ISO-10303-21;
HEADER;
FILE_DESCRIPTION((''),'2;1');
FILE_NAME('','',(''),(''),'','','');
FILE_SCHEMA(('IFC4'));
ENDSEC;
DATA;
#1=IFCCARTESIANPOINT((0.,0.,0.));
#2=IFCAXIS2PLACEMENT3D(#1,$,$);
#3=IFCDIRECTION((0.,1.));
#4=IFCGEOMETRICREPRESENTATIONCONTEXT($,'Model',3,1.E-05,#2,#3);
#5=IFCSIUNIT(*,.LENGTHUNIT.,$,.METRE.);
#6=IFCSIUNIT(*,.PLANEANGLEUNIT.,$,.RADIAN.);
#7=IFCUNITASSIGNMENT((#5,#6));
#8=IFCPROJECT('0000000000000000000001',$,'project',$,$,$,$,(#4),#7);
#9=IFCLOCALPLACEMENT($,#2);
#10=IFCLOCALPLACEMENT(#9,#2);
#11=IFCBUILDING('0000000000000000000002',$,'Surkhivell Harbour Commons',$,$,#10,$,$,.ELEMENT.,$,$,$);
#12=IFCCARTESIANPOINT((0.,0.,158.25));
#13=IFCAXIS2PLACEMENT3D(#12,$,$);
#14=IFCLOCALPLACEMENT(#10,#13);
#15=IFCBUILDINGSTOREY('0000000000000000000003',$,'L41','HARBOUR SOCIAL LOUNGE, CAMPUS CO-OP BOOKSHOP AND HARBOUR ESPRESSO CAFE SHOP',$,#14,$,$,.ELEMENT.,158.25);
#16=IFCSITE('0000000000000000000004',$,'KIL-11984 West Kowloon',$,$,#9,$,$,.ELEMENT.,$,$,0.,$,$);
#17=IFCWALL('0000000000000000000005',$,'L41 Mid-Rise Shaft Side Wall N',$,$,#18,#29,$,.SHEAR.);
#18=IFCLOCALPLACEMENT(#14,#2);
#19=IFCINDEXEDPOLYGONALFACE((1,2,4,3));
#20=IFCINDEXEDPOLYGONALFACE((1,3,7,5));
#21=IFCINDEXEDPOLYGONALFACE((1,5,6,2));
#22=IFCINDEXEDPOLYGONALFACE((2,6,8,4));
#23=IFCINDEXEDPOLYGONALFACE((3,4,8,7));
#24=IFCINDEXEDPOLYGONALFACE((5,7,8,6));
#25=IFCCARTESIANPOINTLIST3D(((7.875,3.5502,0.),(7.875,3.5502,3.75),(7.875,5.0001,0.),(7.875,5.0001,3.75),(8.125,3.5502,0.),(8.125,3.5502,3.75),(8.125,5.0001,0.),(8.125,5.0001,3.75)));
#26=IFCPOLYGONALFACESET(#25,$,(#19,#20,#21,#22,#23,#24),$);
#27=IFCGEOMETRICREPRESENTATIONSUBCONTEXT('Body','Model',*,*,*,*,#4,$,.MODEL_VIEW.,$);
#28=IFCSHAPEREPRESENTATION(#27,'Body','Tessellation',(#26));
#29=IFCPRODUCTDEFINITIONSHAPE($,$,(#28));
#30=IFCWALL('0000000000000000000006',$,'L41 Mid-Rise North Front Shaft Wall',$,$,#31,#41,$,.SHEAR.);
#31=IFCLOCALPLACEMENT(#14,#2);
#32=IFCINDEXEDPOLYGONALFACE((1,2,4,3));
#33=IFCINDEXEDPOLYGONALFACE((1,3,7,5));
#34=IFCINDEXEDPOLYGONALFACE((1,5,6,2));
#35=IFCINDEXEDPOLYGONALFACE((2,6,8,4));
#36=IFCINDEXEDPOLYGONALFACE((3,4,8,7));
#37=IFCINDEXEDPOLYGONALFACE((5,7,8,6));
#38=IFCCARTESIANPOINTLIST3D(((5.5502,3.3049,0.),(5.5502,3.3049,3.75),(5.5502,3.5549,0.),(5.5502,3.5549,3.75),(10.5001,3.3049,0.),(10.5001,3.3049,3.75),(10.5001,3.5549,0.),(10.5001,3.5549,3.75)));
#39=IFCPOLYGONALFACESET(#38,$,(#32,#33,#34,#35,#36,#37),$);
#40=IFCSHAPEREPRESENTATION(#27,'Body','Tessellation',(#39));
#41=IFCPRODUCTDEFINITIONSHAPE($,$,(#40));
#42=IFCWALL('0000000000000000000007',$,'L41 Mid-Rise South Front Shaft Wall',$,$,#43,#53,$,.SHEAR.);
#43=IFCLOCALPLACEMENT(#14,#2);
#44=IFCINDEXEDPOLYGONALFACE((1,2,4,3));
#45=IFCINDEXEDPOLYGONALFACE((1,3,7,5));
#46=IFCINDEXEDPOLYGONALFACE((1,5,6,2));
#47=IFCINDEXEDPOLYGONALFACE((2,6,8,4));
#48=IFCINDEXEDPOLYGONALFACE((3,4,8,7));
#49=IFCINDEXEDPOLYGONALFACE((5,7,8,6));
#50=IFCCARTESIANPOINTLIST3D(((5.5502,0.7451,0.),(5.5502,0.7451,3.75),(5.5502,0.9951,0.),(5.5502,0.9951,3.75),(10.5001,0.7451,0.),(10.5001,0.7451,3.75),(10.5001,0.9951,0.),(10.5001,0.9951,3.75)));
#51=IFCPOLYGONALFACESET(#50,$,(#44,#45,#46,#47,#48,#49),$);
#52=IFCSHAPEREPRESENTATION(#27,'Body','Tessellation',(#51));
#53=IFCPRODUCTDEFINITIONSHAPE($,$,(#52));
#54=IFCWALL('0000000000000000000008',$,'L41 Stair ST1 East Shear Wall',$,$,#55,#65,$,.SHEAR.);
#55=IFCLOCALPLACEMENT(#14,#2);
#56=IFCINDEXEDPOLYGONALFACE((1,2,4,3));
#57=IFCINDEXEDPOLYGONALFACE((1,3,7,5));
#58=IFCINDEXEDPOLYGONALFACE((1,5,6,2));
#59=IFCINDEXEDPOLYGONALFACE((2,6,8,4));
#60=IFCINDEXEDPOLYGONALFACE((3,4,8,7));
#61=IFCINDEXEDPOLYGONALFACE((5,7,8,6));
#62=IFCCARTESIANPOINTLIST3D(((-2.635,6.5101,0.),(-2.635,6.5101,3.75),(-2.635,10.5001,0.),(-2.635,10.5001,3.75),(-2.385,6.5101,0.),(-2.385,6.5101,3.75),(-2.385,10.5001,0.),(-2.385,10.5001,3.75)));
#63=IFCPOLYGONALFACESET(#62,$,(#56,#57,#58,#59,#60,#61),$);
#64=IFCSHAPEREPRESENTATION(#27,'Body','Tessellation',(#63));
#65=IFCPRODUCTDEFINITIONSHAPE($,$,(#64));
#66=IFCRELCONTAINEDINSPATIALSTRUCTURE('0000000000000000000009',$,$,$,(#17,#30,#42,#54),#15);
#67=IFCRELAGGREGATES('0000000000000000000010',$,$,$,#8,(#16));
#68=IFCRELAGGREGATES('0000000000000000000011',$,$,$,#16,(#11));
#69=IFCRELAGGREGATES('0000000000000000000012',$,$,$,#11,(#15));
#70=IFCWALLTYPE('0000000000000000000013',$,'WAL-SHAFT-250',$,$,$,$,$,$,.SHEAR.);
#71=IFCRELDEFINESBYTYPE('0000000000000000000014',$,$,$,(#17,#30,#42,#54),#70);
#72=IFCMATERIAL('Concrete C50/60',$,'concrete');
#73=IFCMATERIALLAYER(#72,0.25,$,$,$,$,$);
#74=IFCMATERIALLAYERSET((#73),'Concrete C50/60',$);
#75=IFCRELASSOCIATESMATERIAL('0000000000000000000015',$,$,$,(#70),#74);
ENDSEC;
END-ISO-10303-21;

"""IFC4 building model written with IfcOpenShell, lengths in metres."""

from ifc_helpers import new_model, si_unit, direction, frame, frame_2d, origin, place, context, subcontext, project, spatial, rectangle, extrude, material, layer, layer_set, type_object, element, save


model = new_model("IFC4")

# Units and contexts
model_context = context("Model", 3, precision=1e-05, world=origin(), true_north=direction((0.0, 1.0)))
body_context = subcontext(model_context, "Body", "Model", "MODEL_VIEW")
ifc_project = project(units=[si_unit("LENGTHUNIT", "METRE"), si_unit("PLANEANGLEUNIT", "RADIAN")], contexts=[model_context])

# Site, building, storey
site_placement = place(None, origin())
site = spatial("IfcSite", under=ifc_project, at=site_placement, Name="KIL-11984 West Kowloon", CompositionType="ELEMENT", RefElevation=0.0)
building_placement = place(site_placement, origin())
building = spatial("IfcBuilding", under=site, at=building_placement, Name="Surkhivell Harbour Commons", CompositionType="ELEMENT")
storey_placement = place(building_placement, frame((0.0, 0.0, 158.25)))
storey = spatial("IfcBuildingStorey", under=building, at=storey_placement, Name="L41", Description="HARBOUR SOCIAL LOUNGE, CAMPUS CO-OP BOOKSHOP AND HARBOUR ESPRESSO CAFE SHOP", CompositionType="ELEMENT", Elevation=158.25)

# Shared definitions
ifc_material_1 = material(Name="Concrete C50/60", Category="concrete")
ifc_layer_1 = layer(ifc_material_1, 0.25)
ifc_layer_set_1 = layer_set([ifc_layer_1], Name="Concrete C50/60")
wall_type_1 = type_object("IfcWallType", Name="WAL-SHAFT-250", PredefinedType="SHEAR", material=ifc_layer_set_1)

# Walls
for number, where, z_axis, x_axis, name in (
    (1, (8.0, 3.55, 0.0), (0.0, 0.0, 1.0), (0.0, 1.0, 0.0), "L41 Mid-Rise Shaft Side Wall N"),
):
    element("IfcWall", number, at=place(storey_placement, frame(where, z_axis=z_axis, x_axis=x_axis)), inside=storey, type_object=wall_type_1, Name=name, PredefinedType="SHEAR", context=body_context, shape_type="SweptSolid", body=[
        extrude(rectangle(XDim=1.45, YDim=0.25, at=frame_2d((0.7251, 0.0))), origin(), (0.0, 0.0, 1.0), 3.75),
    ])
for number, where, z_axis, x_axis, name in (
    (2, (5.55, 3.4299, 0.0), (0.0, 0.0, 1.0), (1.0, 0.0, 0.0), "L41 Mid-Rise North Front Shaft Wall"),
    (3, (5.55, 0.8701, 0.0), (0.0, 0.0, 1.0), (1.0, 0.0, 0.0), "L41 Mid-Rise South Front Shaft Wall"),
):
    element("IfcWall", number, at=place(storey_placement, frame(where, z_axis=z_axis, x_axis=x_axis)), inside=storey, type_object=wall_type_1, Name=name, PredefinedType="SHEAR", context=body_context, shape_type="SweptSolid", body=[
        extrude(rectangle(XDim=4.95, YDim=0.25, at=frame_2d((2.4751, 0.0))), origin(), (0.0, 0.0, 1.0), 3.75),
    ])
wall_1_placement = place(storey_placement, frame((-2.51, 6.51, 0.0), z_axis=(0.0, 0.0, 1.0), x_axis=(0.0, 1.0, 0.0)))
element("IfcWall", 4, at=wall_1_placement, inside=storey, type_object=wall_type_1, Name="L41 Stair ST1 East Shear Wall", PredefinedType="SHEAR", context=body_context, shape_type="SweptSolid", body=[
    extrude(rectangle(XDim=3.99, YDim=0.25, at=frame_2d((1.9951, 0.0))), origin(), (0.0, 0.0, 1.0), 3.75),
])

save(model, "model.ifc")
